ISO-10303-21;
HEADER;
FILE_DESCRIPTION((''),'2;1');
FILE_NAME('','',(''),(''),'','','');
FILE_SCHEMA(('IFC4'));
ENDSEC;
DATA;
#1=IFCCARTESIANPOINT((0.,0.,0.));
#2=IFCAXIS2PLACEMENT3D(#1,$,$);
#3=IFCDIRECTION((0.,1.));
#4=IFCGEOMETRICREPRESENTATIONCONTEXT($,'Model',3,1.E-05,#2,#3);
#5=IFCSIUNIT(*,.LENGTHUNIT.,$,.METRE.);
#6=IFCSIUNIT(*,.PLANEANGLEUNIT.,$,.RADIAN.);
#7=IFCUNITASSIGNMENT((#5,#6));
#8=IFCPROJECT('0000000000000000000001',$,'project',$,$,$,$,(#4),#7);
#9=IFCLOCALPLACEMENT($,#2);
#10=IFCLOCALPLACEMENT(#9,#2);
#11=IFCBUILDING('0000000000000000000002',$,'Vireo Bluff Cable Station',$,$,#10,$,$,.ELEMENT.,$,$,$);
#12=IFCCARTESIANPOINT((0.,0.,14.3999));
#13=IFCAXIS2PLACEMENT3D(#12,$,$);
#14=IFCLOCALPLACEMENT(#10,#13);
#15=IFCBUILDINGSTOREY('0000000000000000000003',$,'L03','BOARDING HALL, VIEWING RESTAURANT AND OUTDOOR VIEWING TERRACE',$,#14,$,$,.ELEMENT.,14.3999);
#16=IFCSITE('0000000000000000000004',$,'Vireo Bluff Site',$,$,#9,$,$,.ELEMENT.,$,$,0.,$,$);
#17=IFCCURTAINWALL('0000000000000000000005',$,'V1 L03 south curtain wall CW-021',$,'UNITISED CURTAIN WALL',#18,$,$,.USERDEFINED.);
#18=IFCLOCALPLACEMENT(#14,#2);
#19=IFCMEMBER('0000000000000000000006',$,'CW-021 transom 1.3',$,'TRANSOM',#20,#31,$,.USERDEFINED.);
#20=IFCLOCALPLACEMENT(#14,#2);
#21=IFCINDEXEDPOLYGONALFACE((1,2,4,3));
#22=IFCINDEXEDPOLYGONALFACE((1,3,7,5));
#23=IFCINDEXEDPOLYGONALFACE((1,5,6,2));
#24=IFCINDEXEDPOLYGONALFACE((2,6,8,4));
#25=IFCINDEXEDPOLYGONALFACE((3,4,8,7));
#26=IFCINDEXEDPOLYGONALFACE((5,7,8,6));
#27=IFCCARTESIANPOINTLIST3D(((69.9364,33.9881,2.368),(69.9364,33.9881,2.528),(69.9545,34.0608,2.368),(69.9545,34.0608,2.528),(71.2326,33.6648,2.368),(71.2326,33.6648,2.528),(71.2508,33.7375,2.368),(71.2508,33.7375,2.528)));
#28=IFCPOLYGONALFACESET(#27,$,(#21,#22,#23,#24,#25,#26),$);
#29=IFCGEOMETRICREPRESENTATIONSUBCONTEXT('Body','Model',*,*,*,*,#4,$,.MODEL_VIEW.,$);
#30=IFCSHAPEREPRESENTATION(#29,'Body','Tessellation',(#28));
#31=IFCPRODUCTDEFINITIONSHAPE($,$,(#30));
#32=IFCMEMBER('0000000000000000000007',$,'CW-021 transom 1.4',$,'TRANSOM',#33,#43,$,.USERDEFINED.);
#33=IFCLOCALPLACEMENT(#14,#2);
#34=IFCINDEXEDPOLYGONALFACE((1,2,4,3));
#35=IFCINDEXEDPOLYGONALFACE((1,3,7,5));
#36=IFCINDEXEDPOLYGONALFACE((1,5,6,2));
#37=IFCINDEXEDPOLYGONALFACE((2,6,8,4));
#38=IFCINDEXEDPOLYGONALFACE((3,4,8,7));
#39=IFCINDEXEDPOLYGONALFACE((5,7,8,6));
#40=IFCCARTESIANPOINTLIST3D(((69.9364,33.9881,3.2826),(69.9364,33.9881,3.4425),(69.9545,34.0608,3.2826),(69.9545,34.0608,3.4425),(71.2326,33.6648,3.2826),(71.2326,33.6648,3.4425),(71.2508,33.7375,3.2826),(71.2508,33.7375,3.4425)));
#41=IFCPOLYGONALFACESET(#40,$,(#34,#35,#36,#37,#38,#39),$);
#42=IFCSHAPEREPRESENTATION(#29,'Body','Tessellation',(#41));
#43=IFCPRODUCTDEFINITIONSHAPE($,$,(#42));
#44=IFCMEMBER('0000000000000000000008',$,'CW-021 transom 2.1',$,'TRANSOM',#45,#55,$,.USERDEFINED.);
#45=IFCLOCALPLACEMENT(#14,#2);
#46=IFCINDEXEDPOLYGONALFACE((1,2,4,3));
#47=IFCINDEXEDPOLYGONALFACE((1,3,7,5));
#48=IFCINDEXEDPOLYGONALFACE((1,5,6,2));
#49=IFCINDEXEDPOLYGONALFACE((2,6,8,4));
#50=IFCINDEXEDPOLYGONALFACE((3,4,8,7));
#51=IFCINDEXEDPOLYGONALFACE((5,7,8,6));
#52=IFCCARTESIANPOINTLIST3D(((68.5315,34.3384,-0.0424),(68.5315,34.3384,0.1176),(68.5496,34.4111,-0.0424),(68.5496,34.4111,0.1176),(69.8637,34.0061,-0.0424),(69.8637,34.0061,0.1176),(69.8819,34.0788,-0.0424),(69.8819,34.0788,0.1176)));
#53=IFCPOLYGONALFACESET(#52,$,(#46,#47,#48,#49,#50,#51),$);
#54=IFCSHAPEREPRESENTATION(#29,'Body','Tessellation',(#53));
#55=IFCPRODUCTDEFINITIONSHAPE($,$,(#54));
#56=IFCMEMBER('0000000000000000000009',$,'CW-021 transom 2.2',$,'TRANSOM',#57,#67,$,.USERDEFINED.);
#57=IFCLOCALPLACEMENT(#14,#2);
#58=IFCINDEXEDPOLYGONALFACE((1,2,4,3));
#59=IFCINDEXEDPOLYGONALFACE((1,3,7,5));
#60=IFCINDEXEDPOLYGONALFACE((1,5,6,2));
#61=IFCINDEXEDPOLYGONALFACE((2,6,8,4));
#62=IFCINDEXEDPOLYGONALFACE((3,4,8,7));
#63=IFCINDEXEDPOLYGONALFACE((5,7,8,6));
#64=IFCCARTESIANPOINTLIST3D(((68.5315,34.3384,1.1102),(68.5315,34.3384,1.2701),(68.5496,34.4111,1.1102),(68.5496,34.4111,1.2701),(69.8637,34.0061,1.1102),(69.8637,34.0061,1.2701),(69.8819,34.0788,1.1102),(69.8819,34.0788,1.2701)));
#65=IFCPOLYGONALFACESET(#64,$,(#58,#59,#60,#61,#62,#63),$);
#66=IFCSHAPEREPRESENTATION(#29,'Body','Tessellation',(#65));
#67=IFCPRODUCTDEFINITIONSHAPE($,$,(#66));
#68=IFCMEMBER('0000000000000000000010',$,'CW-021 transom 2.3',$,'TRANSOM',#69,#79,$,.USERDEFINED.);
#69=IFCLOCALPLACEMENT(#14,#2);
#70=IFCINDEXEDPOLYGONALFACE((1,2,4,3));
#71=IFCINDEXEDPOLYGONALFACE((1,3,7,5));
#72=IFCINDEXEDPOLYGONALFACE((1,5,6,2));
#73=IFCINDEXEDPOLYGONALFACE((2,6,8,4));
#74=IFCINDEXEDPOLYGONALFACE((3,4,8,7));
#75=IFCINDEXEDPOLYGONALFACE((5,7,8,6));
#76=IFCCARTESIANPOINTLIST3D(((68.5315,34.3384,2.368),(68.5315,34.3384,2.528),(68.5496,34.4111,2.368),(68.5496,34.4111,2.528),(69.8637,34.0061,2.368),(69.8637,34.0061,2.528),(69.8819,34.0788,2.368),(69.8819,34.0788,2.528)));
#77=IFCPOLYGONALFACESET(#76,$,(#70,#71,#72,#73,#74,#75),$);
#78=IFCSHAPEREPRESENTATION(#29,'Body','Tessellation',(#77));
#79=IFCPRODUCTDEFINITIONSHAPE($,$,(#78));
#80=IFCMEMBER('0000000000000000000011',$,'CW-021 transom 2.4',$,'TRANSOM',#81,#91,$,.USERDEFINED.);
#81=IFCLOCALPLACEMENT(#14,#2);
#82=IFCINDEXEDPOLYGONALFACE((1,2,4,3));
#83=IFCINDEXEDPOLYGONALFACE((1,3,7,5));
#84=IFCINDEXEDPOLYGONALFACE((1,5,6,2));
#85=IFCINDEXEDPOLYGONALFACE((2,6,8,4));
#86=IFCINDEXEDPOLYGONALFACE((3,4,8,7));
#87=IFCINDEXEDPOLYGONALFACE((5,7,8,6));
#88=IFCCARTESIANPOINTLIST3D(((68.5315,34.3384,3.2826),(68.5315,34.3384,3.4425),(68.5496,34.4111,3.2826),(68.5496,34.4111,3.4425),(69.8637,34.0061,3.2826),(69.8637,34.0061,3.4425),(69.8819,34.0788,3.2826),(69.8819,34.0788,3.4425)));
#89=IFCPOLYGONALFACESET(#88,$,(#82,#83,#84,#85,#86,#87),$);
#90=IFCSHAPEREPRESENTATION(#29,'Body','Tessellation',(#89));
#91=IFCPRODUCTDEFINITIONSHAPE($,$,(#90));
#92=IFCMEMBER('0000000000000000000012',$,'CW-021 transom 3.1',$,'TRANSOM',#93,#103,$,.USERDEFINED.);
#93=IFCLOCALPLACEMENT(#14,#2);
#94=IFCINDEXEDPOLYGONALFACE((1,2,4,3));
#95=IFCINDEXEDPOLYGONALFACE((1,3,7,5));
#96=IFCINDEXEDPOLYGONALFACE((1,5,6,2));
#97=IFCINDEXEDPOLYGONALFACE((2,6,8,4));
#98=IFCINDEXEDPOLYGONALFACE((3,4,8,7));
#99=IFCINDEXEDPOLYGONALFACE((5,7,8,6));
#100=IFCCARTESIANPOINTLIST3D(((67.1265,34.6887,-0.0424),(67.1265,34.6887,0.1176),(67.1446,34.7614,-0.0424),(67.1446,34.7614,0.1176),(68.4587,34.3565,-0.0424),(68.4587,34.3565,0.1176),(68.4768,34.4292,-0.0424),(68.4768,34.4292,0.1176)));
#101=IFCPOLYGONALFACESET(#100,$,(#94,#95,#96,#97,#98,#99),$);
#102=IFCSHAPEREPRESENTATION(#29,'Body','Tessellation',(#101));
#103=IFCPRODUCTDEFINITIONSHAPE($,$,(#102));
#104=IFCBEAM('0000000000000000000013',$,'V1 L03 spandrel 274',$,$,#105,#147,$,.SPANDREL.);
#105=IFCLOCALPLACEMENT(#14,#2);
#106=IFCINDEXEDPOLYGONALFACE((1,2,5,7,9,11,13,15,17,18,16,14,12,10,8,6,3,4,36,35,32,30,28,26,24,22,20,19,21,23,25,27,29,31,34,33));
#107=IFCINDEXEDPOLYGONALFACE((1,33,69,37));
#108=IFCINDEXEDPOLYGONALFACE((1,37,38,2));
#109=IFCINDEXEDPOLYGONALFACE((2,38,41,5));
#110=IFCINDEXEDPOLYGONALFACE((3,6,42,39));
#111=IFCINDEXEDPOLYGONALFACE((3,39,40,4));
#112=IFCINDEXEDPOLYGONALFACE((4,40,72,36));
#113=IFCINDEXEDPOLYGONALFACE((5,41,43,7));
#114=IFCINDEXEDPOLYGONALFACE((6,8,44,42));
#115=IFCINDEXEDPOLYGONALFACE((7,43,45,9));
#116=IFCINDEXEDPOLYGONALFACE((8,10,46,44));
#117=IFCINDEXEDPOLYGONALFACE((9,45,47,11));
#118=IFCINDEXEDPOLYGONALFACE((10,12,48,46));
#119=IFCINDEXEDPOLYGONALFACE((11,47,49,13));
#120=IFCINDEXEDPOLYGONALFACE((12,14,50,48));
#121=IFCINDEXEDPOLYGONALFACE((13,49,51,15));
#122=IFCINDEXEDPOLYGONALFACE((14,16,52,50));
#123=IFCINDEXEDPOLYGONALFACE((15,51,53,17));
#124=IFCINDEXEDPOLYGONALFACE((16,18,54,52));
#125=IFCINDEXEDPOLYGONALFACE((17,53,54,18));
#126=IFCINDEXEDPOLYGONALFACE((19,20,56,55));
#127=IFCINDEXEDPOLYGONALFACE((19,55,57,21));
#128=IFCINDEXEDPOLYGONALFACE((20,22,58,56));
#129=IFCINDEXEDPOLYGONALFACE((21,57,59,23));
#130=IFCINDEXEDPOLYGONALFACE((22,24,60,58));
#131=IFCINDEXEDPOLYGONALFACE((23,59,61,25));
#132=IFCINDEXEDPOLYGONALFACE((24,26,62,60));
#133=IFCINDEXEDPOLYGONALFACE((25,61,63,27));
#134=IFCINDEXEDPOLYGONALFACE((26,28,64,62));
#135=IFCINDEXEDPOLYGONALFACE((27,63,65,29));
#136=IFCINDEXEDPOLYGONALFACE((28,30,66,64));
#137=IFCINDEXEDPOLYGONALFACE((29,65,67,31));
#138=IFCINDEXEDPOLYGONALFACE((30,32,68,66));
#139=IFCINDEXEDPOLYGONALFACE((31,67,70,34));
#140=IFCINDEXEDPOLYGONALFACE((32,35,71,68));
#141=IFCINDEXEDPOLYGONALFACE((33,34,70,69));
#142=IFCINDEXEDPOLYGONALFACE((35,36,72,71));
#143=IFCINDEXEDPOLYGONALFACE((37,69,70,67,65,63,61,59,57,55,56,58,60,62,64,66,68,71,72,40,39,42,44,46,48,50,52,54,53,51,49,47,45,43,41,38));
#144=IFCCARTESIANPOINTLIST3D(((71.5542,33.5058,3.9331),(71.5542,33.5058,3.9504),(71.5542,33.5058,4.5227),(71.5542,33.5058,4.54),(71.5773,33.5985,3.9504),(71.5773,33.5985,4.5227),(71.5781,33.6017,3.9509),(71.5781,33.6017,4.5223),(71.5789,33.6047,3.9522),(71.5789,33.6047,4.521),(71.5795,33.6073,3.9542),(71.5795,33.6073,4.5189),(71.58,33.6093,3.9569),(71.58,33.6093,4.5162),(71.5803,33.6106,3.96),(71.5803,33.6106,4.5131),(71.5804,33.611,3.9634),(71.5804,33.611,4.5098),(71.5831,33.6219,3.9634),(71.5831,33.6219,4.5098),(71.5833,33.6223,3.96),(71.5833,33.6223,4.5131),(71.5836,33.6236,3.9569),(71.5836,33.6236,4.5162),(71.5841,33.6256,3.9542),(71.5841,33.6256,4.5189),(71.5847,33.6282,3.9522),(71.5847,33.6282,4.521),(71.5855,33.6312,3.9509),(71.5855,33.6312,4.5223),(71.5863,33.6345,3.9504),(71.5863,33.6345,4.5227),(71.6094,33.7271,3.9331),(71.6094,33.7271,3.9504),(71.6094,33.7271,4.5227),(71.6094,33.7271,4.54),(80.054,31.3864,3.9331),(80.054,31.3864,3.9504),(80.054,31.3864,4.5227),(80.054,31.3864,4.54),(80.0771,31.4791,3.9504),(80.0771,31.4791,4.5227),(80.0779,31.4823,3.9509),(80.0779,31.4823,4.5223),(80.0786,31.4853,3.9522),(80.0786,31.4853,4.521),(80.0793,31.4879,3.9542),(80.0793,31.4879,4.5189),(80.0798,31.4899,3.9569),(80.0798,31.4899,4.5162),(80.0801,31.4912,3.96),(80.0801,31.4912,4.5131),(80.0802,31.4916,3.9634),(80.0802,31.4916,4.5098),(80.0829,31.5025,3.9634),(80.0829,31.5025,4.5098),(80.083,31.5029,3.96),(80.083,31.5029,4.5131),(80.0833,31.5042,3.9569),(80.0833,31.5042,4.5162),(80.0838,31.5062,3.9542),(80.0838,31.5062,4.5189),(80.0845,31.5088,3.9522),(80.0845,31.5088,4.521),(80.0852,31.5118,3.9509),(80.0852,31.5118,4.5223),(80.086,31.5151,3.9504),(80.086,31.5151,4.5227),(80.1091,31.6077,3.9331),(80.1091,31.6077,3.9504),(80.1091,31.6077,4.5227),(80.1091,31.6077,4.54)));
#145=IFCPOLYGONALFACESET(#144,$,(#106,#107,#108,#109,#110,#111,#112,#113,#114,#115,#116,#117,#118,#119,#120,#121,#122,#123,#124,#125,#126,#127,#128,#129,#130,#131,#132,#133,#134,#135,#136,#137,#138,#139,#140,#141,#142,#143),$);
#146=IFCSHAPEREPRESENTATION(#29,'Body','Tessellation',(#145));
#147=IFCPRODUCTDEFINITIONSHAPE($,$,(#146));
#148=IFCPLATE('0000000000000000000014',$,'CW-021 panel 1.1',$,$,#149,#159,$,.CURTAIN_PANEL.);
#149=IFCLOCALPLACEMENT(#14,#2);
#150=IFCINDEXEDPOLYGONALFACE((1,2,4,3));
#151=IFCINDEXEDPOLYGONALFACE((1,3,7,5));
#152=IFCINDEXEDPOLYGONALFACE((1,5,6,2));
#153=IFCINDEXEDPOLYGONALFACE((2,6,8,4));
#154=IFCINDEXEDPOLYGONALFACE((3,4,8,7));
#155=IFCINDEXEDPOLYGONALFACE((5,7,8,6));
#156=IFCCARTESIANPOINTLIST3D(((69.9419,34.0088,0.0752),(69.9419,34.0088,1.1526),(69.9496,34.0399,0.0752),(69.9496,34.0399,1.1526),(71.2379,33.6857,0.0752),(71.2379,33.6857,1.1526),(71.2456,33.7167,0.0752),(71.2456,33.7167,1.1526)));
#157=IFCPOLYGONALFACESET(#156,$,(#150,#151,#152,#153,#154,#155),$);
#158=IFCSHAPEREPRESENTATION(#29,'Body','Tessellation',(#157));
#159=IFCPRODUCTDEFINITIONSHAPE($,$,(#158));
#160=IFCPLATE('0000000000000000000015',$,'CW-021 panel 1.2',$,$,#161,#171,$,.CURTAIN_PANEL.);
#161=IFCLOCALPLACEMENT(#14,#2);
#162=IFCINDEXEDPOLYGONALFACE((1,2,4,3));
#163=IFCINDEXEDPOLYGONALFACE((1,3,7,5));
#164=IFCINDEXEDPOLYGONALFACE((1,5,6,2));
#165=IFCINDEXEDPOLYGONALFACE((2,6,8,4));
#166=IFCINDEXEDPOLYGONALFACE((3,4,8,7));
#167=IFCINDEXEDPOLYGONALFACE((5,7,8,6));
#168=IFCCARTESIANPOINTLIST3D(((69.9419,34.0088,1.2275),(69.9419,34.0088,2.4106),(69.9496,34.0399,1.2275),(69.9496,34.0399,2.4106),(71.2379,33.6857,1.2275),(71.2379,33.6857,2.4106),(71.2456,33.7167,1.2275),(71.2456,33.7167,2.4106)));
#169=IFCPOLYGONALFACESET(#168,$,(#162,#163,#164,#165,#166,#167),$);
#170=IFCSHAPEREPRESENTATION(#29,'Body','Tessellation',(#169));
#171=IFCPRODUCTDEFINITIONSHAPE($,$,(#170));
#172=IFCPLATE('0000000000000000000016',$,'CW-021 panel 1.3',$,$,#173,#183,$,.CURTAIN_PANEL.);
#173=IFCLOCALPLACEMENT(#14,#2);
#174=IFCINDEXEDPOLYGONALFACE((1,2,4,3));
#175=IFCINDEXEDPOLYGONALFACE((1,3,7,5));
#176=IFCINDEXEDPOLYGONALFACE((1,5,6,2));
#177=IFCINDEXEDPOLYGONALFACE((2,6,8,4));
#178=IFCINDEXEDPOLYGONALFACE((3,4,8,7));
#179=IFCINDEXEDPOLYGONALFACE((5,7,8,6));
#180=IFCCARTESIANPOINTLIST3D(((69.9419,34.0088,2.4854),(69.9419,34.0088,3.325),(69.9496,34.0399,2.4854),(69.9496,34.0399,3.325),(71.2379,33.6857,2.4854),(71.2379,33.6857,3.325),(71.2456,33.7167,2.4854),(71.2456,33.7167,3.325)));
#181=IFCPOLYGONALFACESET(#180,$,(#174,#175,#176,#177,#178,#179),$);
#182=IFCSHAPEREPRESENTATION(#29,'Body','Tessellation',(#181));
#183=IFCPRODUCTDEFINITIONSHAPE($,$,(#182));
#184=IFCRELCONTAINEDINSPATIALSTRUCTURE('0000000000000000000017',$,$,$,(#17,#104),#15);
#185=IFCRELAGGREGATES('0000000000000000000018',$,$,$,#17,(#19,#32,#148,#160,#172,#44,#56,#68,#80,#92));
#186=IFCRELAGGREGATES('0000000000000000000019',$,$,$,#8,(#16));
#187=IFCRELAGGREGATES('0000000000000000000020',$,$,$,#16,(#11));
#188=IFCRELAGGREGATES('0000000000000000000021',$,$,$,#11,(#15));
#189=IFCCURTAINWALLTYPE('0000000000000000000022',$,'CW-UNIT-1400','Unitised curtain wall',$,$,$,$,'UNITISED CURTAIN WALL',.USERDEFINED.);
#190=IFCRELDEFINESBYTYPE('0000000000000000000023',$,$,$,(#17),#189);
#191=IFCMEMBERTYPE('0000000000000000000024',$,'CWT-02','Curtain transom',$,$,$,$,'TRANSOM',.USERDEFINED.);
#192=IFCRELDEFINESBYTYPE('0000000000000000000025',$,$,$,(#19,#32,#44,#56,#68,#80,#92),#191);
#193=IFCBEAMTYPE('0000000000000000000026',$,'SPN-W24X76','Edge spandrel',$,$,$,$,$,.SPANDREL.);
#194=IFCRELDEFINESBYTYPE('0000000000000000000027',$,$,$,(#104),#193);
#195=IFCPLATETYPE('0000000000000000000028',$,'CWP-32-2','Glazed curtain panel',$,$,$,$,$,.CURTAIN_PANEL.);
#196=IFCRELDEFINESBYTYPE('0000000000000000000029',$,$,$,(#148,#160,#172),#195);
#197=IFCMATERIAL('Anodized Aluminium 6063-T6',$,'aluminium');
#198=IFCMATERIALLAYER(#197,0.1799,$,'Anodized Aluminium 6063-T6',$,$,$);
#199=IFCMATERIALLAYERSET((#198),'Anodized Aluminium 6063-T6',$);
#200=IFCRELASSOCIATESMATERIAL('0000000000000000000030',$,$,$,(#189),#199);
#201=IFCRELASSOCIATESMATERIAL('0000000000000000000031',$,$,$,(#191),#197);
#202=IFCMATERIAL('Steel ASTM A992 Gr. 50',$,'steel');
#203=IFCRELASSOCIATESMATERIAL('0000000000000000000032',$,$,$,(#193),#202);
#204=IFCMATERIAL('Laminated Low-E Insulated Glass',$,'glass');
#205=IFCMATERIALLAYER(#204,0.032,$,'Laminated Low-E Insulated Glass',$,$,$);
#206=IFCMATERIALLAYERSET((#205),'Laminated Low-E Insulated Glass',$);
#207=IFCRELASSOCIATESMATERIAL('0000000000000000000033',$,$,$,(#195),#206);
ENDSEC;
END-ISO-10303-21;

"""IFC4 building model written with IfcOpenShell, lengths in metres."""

from ifc_helpers import new_model, si_unit, direction, frame, origin, origin_2d, place, context, subcontext, project, spatial, rectangle, i_section, extrude, material, layer, layer_set, material_profile, profile_set, type_object, element, aggregate, save


model = new_model("IFC4")

# Units and contexts
model_context = context("Model", 3, precision=1e-05, world=origin(), true_north=direction((0.0, 1.0)))
body_context = subcontext(model_context, "Body", "Model", "MODEL_VIEW")
ifc_project = project(units=[si_unit("LENGTHUNIT", "METRE"), si_unit("PLANEANGLEUNIT", "RADIAN")], contexts=[model_context])

# Site, building, storey
site_placement = place(None, origin())
site = spatial("IfcSite", under=ifc_project, at=site_placement, Name="Vireo Bluff Site", CompositionType="ELEMENT", RefElevation=0.0)
building_placement = place(site_placement, origin())
building = spatial("IfcBuilding", under=site, at=building_placement, Name="Vireo Bluff Cable Station", CompositionType="ELEMENT")
storey_placement = place(building_placement, frame((0.0, 0.0, 14.3999)))
storey = spatial("IfcBuildingStorey", under=building, at=storey_placement, Name="L03", Description="BOARDING HALL, VIEWING RESTAURANT AND OUTDOOR VIEWING TERRACE", CompositionType="ELEMENT", Elevation=14.3999)

# Shared definitions
ifc_material_1 = material(Name="Steel ASTM A992 Gr. 50", Category="steel")

# Shared definitions
ifc_material_2 = material(Name="Anodized Aluminium 6063-T6", Category="aluminium")

# Curtain wall, members
ifc_layer_1 = layer(ifc_material_2, 0.1799, Name="Anodized Aluminium 6063-T6")
ifc_layer_set_1 = layer_set([ifc_layer_1], Name="Anodized Aluminium 6063-T6")
curtain_wall_type_1 = type_object("IfcCurtainWallType", Name="CW-UNIT-1400", Description="Unitised curtain wall", ElementType="UNITISED CURTAIN WALL", PredefinedType="USERDEFINED", material=ifc_layer_set_1)
curtain_wall_1_placement = place(storey_placement, origin())
curtain_wall_1 = element("IfcCurtainWall", 1, at=curtain_wall_1_placement, inside=storey, type_object=curtain_wall_type_1, Name="V1 L03 south curtain wall CW-021", ObjectType="UNITISED CURTAIN WALL", PredefinedType="USERDEFINED")
ifc_material_profile_1 = material_profile(ifc_material_2, rectangle(XDim=0.075, YDim=0.1599, at=origin_2d()), Name="ALU-T-75X160")
ifc_profile_set_1 = profile_set([ifc_material_profile_1], Name="Anodized Aluminium 6063-T6")
member_type_1 = type_object("IfcMemberType", Name="CWT-02", Description="Curtain transom", ElementType="TRANSOM", PredefinedType="USERDEFINED", material=ifc_profile_set_1)
member_1_placement = place(storey_placement, frame((71.2417, 33.7012, 2.448), z_axis=(-0.970282, 0.241977, 0.0), x_axis=(-0.241977, -0.970282, 0.0)))
member_1 = element("IfcMember", 2, at=member_1_placement, type_object=member_type_1, Name="CW-021 transom 1.3", ObjectType="TRANSOM", PredefinedType="USERDEFINED", context=body_context, shape_type="SweptSolid", body=[
    extrude(rectangle(XDim=0.075, YDim=0.1599, at=origin_2d()), origin(), (0.0, 0.0, 1.0), 1.3359),
])
member_2_placement = place(storey_placement, frame((71.2417, 33.7012, 3.3625), z_axis=(-0.970282, 0.241977, 0.0), x_axis=(-0.241977, -0.970282, 0.0)))
member_2 = element("IfcMember", 3, at=member_2_placement, type_object=member_type_1, Name="CW-021 transom 1.4", ObjectType="TRANSOM", PredefinedType="USERDEFINED", context=body_context, shape_type="SweptSolid", body=[
    extrude(rectangle(XDim=0.075, YDim=0.1599, at=origin_2d()), origin(), (0.0, 0.0, 1.0), 1.3359),
])
member_3_placement = place(storey_placement, frame((69.8728, 34.0425, 0.0376), z_axis=(-0.970278, 0.241992, 0.0), x_axis=(-0.241992, -0.970278, 0.0)))
member_3 = element("IfcMember", 4, at=member_3_placement, type_object=member_type_1, Name="CW-021 transom 2.1", ObjectType="TRANSOM", PredefinedType="USERDEFINED", context=body_context, shape_type="SweptSolid", body=[
    extrude(rectangle(XDim=0.075, YDim=0.1599, at=origin_2d()), origin(), (0.0, 0.0, 1.0), 1.373),
])
member_4_placement = place(storey_placement, frame((69.8728, 34.0425, 1.1902), z_axis=(-0.970278, 0.241992, 0.0), x_axis=(-0.241992, -0.970278, 0.0)))
member_4 = element("IfcMember", 5, at=member_4_placement, type_object=member_type_1, Name="CW-021 transom 2.2", ObjectType="TRANSOM", PredefinedType="USERDEFINED", context=body_context, shape_type="SweptSolid", body=[
    extrude(rectangle(XDim=0.075, YDim=0.1599, at=origin_2d()), origin(), (0.0, 0.0, 1.0), 1.373),
])
member_5_placement = place(storey_placement, frame((69.8728, 34.0425, 2.448), z_axis=(-0.970278, 0.241992, 0.0), x_axis=(-0.241992, -0.970278, 0.0)))
member_5 = element("IfcMember", 6, at=member_5_placement, type_object=member_type_1, Name="CW-021 transom 2.3", ObjectType="TRANSOM", PredefinedType="USERDEFINED", context=body_context, shape_type="SweptSolid", body=[
    extrude(rectangle(XDim=0.075, YDim=0.1599, at=origin_2d()), origin(), (0.0, 0.0, 1.0), 1.373),
])
member_6_placement = place(storey_placement, frame((69.8728, 34.0425, 3.3625), z_axis=(-0.970278, 0.241992, 0.0), x_axis=(-0.241992, -0.970278, 0.0)))
member_6 = element("IfcMember", 7, at=member_6_placement, type_object=member_type_1, Name="CW-021 transom 2.4", ObjectType="TRANSOM", PredefinedType="USERDEFINED", context=body_context, shape_type="SweptSolid", body=[
    extrude(rectangle(XDim=0.075, YDim=0.1599, at=origin_2d()), origin(), (0.0, 0.0, 1.0), 1.373),
])
member_7_placement = place(storey_placement, frame((68.4678, 34.3928, 0.0376), z_axis=(-0.970278, 0.241992, 0.0), x_axis=(-0.241992, -0.970278, 0.0)))
member_7 = element("IfcMember", 8, at=member_7_placement, type_object=member_type_1, Name="CW-021 transom 3.1", ObjectType="TRANSOM", PredefinedType="USERDEFINED", context=body_context, shape_type="SweptSolid", body=[
    extrude(rectangle(XDim=0.075, YDim=0.1599, at=origin_2d()), origin(), (0.0, 0.0, 1.0), 1.373),
])

# Beam
ifc_material_profile_2 = material_profile(ifc_material_1, i_section(OverallWidth=0.228, OverallDepth=0.6069, WebThickness=0.0112, FlangeThickness=0.0173, FilletRadius=0.0129, at=origin_2d()), Name="W24X76")
ifc_profile_set_2 = profile_set([ifc_material_profile_2], Name="Steel ASTM A992 Gr. 50")
beam_type_1 = type_object("IfcBeamType", Name="SPN-W24X76", Description="Edge spandrel", PredefinedType="SPANDREL", material=ifc_profile_set_2)
beam_1_placement = place(storey_placement, frame((71.5818, 33.6165, 4.2366), z_axis=(0.970292, -0.241939, 0.0), x_axis=(0.241939, 0.970292, 0.0)))
element("IfcBeam", 9, at=beam_1_placement, inside=storey, type_object=beam_type_1, Name="V1 L03 spandrel 274", PredefinedType="SPANDREL", context=body_context, shape_type="SweptSolid", body=[
    extrude(i_section(OverallWidth=0.228, OverallDepth=0.6069, WebThickness=0.0112, FlangeThickness=0.0173, FilletRadius=0.0129, at=origin_2d()), origin(), (0.0, 0.0, 1.0), 8.76),
])

# Plates
ifc_material_3 = material(Name="Laminated Low-E Insulated Glass", Category="glass")
ifc_layer_2 = layer(ifc_material_3, 0.032, Name="Laminated Low-E Insulated Glass")
ifc_layer_set_2 = layer_set([ifc_layer_2], Name="Laminated Low-E Insulated Glass")
plate_type = type_object("IfcPlateType", Name="CWP-32-2", Description="Glazed curtain panel", PredefinedType="CURTAIN_PANEL", material=ifc_layer_set_2)
plate_1_placement = place(storey_placement, frame((70.5938, 33.8628, 0.0752), z_axis=(0.0, 0.0, 1.0), x_axis=(-0.970296, 0.241922, 0.0)))
plate_1 = element("IfcPlate", 10, at=plate_1_placement, type_object=plate_type, Name="CW-021 panel 1.1", PredefinedType="CURTAIN_PANEL", context=body_context, shape_type="SweptSolid", body=[
    extrude(rectangle(XDim=1.3357, YDim=0.032, at=origin_2d()), origin(), (0.0, 0.0, 1.0), 1.0774),
])
plate_2_placement = place(storey_placement, frame((70.5938, 33.8628, 1.2275), z_axis=(0.0, 0.0, 1.0), x_axis=(-0.970296, 0.241922, 0.0)))
plate_2 = element("IfcPlate", 11, at=plate_2_placement, type_object=plate_type, Name="CW-021 panel 1.2", PredefinedType="CURTAIN_PANEL", context=body_context, shape_type="SweptSolid", body=[
    extrude(rectangle(XDim=1.3357, YDim=0.032, at=origin_2d()), origin(), (0.0, 0.0, 1.0), 1.1831),
])
plate_3_placement = place(storey_placement, frame((70.5938, 33.8628, 2.4854), z_axis=(0.0, 0.0, 1.0), x_axis=(-0.970296, 0.241922, 0.0)))
plate_3 = element("IfcPlate", 12, at=plate_3_placement, type_object=plate_type, Name="CW-021 panel 1.3", PredefinedType="CURTAIN_PANEL", context=body_context, shape_type="SweptSolid", body=[
    extrude(rectangle(XDim=1.3357, YDim=0.032, at=origin_2d()), origin(), (0.0, 0.0, 1.0), 0.8396),
])
aggregate(curtain_wall_1, [member_1, member_2, plate_1, plate_2, plate_3, member_3, member_4, member_5, member_6, member_7])

save(model, "model.ifc")
